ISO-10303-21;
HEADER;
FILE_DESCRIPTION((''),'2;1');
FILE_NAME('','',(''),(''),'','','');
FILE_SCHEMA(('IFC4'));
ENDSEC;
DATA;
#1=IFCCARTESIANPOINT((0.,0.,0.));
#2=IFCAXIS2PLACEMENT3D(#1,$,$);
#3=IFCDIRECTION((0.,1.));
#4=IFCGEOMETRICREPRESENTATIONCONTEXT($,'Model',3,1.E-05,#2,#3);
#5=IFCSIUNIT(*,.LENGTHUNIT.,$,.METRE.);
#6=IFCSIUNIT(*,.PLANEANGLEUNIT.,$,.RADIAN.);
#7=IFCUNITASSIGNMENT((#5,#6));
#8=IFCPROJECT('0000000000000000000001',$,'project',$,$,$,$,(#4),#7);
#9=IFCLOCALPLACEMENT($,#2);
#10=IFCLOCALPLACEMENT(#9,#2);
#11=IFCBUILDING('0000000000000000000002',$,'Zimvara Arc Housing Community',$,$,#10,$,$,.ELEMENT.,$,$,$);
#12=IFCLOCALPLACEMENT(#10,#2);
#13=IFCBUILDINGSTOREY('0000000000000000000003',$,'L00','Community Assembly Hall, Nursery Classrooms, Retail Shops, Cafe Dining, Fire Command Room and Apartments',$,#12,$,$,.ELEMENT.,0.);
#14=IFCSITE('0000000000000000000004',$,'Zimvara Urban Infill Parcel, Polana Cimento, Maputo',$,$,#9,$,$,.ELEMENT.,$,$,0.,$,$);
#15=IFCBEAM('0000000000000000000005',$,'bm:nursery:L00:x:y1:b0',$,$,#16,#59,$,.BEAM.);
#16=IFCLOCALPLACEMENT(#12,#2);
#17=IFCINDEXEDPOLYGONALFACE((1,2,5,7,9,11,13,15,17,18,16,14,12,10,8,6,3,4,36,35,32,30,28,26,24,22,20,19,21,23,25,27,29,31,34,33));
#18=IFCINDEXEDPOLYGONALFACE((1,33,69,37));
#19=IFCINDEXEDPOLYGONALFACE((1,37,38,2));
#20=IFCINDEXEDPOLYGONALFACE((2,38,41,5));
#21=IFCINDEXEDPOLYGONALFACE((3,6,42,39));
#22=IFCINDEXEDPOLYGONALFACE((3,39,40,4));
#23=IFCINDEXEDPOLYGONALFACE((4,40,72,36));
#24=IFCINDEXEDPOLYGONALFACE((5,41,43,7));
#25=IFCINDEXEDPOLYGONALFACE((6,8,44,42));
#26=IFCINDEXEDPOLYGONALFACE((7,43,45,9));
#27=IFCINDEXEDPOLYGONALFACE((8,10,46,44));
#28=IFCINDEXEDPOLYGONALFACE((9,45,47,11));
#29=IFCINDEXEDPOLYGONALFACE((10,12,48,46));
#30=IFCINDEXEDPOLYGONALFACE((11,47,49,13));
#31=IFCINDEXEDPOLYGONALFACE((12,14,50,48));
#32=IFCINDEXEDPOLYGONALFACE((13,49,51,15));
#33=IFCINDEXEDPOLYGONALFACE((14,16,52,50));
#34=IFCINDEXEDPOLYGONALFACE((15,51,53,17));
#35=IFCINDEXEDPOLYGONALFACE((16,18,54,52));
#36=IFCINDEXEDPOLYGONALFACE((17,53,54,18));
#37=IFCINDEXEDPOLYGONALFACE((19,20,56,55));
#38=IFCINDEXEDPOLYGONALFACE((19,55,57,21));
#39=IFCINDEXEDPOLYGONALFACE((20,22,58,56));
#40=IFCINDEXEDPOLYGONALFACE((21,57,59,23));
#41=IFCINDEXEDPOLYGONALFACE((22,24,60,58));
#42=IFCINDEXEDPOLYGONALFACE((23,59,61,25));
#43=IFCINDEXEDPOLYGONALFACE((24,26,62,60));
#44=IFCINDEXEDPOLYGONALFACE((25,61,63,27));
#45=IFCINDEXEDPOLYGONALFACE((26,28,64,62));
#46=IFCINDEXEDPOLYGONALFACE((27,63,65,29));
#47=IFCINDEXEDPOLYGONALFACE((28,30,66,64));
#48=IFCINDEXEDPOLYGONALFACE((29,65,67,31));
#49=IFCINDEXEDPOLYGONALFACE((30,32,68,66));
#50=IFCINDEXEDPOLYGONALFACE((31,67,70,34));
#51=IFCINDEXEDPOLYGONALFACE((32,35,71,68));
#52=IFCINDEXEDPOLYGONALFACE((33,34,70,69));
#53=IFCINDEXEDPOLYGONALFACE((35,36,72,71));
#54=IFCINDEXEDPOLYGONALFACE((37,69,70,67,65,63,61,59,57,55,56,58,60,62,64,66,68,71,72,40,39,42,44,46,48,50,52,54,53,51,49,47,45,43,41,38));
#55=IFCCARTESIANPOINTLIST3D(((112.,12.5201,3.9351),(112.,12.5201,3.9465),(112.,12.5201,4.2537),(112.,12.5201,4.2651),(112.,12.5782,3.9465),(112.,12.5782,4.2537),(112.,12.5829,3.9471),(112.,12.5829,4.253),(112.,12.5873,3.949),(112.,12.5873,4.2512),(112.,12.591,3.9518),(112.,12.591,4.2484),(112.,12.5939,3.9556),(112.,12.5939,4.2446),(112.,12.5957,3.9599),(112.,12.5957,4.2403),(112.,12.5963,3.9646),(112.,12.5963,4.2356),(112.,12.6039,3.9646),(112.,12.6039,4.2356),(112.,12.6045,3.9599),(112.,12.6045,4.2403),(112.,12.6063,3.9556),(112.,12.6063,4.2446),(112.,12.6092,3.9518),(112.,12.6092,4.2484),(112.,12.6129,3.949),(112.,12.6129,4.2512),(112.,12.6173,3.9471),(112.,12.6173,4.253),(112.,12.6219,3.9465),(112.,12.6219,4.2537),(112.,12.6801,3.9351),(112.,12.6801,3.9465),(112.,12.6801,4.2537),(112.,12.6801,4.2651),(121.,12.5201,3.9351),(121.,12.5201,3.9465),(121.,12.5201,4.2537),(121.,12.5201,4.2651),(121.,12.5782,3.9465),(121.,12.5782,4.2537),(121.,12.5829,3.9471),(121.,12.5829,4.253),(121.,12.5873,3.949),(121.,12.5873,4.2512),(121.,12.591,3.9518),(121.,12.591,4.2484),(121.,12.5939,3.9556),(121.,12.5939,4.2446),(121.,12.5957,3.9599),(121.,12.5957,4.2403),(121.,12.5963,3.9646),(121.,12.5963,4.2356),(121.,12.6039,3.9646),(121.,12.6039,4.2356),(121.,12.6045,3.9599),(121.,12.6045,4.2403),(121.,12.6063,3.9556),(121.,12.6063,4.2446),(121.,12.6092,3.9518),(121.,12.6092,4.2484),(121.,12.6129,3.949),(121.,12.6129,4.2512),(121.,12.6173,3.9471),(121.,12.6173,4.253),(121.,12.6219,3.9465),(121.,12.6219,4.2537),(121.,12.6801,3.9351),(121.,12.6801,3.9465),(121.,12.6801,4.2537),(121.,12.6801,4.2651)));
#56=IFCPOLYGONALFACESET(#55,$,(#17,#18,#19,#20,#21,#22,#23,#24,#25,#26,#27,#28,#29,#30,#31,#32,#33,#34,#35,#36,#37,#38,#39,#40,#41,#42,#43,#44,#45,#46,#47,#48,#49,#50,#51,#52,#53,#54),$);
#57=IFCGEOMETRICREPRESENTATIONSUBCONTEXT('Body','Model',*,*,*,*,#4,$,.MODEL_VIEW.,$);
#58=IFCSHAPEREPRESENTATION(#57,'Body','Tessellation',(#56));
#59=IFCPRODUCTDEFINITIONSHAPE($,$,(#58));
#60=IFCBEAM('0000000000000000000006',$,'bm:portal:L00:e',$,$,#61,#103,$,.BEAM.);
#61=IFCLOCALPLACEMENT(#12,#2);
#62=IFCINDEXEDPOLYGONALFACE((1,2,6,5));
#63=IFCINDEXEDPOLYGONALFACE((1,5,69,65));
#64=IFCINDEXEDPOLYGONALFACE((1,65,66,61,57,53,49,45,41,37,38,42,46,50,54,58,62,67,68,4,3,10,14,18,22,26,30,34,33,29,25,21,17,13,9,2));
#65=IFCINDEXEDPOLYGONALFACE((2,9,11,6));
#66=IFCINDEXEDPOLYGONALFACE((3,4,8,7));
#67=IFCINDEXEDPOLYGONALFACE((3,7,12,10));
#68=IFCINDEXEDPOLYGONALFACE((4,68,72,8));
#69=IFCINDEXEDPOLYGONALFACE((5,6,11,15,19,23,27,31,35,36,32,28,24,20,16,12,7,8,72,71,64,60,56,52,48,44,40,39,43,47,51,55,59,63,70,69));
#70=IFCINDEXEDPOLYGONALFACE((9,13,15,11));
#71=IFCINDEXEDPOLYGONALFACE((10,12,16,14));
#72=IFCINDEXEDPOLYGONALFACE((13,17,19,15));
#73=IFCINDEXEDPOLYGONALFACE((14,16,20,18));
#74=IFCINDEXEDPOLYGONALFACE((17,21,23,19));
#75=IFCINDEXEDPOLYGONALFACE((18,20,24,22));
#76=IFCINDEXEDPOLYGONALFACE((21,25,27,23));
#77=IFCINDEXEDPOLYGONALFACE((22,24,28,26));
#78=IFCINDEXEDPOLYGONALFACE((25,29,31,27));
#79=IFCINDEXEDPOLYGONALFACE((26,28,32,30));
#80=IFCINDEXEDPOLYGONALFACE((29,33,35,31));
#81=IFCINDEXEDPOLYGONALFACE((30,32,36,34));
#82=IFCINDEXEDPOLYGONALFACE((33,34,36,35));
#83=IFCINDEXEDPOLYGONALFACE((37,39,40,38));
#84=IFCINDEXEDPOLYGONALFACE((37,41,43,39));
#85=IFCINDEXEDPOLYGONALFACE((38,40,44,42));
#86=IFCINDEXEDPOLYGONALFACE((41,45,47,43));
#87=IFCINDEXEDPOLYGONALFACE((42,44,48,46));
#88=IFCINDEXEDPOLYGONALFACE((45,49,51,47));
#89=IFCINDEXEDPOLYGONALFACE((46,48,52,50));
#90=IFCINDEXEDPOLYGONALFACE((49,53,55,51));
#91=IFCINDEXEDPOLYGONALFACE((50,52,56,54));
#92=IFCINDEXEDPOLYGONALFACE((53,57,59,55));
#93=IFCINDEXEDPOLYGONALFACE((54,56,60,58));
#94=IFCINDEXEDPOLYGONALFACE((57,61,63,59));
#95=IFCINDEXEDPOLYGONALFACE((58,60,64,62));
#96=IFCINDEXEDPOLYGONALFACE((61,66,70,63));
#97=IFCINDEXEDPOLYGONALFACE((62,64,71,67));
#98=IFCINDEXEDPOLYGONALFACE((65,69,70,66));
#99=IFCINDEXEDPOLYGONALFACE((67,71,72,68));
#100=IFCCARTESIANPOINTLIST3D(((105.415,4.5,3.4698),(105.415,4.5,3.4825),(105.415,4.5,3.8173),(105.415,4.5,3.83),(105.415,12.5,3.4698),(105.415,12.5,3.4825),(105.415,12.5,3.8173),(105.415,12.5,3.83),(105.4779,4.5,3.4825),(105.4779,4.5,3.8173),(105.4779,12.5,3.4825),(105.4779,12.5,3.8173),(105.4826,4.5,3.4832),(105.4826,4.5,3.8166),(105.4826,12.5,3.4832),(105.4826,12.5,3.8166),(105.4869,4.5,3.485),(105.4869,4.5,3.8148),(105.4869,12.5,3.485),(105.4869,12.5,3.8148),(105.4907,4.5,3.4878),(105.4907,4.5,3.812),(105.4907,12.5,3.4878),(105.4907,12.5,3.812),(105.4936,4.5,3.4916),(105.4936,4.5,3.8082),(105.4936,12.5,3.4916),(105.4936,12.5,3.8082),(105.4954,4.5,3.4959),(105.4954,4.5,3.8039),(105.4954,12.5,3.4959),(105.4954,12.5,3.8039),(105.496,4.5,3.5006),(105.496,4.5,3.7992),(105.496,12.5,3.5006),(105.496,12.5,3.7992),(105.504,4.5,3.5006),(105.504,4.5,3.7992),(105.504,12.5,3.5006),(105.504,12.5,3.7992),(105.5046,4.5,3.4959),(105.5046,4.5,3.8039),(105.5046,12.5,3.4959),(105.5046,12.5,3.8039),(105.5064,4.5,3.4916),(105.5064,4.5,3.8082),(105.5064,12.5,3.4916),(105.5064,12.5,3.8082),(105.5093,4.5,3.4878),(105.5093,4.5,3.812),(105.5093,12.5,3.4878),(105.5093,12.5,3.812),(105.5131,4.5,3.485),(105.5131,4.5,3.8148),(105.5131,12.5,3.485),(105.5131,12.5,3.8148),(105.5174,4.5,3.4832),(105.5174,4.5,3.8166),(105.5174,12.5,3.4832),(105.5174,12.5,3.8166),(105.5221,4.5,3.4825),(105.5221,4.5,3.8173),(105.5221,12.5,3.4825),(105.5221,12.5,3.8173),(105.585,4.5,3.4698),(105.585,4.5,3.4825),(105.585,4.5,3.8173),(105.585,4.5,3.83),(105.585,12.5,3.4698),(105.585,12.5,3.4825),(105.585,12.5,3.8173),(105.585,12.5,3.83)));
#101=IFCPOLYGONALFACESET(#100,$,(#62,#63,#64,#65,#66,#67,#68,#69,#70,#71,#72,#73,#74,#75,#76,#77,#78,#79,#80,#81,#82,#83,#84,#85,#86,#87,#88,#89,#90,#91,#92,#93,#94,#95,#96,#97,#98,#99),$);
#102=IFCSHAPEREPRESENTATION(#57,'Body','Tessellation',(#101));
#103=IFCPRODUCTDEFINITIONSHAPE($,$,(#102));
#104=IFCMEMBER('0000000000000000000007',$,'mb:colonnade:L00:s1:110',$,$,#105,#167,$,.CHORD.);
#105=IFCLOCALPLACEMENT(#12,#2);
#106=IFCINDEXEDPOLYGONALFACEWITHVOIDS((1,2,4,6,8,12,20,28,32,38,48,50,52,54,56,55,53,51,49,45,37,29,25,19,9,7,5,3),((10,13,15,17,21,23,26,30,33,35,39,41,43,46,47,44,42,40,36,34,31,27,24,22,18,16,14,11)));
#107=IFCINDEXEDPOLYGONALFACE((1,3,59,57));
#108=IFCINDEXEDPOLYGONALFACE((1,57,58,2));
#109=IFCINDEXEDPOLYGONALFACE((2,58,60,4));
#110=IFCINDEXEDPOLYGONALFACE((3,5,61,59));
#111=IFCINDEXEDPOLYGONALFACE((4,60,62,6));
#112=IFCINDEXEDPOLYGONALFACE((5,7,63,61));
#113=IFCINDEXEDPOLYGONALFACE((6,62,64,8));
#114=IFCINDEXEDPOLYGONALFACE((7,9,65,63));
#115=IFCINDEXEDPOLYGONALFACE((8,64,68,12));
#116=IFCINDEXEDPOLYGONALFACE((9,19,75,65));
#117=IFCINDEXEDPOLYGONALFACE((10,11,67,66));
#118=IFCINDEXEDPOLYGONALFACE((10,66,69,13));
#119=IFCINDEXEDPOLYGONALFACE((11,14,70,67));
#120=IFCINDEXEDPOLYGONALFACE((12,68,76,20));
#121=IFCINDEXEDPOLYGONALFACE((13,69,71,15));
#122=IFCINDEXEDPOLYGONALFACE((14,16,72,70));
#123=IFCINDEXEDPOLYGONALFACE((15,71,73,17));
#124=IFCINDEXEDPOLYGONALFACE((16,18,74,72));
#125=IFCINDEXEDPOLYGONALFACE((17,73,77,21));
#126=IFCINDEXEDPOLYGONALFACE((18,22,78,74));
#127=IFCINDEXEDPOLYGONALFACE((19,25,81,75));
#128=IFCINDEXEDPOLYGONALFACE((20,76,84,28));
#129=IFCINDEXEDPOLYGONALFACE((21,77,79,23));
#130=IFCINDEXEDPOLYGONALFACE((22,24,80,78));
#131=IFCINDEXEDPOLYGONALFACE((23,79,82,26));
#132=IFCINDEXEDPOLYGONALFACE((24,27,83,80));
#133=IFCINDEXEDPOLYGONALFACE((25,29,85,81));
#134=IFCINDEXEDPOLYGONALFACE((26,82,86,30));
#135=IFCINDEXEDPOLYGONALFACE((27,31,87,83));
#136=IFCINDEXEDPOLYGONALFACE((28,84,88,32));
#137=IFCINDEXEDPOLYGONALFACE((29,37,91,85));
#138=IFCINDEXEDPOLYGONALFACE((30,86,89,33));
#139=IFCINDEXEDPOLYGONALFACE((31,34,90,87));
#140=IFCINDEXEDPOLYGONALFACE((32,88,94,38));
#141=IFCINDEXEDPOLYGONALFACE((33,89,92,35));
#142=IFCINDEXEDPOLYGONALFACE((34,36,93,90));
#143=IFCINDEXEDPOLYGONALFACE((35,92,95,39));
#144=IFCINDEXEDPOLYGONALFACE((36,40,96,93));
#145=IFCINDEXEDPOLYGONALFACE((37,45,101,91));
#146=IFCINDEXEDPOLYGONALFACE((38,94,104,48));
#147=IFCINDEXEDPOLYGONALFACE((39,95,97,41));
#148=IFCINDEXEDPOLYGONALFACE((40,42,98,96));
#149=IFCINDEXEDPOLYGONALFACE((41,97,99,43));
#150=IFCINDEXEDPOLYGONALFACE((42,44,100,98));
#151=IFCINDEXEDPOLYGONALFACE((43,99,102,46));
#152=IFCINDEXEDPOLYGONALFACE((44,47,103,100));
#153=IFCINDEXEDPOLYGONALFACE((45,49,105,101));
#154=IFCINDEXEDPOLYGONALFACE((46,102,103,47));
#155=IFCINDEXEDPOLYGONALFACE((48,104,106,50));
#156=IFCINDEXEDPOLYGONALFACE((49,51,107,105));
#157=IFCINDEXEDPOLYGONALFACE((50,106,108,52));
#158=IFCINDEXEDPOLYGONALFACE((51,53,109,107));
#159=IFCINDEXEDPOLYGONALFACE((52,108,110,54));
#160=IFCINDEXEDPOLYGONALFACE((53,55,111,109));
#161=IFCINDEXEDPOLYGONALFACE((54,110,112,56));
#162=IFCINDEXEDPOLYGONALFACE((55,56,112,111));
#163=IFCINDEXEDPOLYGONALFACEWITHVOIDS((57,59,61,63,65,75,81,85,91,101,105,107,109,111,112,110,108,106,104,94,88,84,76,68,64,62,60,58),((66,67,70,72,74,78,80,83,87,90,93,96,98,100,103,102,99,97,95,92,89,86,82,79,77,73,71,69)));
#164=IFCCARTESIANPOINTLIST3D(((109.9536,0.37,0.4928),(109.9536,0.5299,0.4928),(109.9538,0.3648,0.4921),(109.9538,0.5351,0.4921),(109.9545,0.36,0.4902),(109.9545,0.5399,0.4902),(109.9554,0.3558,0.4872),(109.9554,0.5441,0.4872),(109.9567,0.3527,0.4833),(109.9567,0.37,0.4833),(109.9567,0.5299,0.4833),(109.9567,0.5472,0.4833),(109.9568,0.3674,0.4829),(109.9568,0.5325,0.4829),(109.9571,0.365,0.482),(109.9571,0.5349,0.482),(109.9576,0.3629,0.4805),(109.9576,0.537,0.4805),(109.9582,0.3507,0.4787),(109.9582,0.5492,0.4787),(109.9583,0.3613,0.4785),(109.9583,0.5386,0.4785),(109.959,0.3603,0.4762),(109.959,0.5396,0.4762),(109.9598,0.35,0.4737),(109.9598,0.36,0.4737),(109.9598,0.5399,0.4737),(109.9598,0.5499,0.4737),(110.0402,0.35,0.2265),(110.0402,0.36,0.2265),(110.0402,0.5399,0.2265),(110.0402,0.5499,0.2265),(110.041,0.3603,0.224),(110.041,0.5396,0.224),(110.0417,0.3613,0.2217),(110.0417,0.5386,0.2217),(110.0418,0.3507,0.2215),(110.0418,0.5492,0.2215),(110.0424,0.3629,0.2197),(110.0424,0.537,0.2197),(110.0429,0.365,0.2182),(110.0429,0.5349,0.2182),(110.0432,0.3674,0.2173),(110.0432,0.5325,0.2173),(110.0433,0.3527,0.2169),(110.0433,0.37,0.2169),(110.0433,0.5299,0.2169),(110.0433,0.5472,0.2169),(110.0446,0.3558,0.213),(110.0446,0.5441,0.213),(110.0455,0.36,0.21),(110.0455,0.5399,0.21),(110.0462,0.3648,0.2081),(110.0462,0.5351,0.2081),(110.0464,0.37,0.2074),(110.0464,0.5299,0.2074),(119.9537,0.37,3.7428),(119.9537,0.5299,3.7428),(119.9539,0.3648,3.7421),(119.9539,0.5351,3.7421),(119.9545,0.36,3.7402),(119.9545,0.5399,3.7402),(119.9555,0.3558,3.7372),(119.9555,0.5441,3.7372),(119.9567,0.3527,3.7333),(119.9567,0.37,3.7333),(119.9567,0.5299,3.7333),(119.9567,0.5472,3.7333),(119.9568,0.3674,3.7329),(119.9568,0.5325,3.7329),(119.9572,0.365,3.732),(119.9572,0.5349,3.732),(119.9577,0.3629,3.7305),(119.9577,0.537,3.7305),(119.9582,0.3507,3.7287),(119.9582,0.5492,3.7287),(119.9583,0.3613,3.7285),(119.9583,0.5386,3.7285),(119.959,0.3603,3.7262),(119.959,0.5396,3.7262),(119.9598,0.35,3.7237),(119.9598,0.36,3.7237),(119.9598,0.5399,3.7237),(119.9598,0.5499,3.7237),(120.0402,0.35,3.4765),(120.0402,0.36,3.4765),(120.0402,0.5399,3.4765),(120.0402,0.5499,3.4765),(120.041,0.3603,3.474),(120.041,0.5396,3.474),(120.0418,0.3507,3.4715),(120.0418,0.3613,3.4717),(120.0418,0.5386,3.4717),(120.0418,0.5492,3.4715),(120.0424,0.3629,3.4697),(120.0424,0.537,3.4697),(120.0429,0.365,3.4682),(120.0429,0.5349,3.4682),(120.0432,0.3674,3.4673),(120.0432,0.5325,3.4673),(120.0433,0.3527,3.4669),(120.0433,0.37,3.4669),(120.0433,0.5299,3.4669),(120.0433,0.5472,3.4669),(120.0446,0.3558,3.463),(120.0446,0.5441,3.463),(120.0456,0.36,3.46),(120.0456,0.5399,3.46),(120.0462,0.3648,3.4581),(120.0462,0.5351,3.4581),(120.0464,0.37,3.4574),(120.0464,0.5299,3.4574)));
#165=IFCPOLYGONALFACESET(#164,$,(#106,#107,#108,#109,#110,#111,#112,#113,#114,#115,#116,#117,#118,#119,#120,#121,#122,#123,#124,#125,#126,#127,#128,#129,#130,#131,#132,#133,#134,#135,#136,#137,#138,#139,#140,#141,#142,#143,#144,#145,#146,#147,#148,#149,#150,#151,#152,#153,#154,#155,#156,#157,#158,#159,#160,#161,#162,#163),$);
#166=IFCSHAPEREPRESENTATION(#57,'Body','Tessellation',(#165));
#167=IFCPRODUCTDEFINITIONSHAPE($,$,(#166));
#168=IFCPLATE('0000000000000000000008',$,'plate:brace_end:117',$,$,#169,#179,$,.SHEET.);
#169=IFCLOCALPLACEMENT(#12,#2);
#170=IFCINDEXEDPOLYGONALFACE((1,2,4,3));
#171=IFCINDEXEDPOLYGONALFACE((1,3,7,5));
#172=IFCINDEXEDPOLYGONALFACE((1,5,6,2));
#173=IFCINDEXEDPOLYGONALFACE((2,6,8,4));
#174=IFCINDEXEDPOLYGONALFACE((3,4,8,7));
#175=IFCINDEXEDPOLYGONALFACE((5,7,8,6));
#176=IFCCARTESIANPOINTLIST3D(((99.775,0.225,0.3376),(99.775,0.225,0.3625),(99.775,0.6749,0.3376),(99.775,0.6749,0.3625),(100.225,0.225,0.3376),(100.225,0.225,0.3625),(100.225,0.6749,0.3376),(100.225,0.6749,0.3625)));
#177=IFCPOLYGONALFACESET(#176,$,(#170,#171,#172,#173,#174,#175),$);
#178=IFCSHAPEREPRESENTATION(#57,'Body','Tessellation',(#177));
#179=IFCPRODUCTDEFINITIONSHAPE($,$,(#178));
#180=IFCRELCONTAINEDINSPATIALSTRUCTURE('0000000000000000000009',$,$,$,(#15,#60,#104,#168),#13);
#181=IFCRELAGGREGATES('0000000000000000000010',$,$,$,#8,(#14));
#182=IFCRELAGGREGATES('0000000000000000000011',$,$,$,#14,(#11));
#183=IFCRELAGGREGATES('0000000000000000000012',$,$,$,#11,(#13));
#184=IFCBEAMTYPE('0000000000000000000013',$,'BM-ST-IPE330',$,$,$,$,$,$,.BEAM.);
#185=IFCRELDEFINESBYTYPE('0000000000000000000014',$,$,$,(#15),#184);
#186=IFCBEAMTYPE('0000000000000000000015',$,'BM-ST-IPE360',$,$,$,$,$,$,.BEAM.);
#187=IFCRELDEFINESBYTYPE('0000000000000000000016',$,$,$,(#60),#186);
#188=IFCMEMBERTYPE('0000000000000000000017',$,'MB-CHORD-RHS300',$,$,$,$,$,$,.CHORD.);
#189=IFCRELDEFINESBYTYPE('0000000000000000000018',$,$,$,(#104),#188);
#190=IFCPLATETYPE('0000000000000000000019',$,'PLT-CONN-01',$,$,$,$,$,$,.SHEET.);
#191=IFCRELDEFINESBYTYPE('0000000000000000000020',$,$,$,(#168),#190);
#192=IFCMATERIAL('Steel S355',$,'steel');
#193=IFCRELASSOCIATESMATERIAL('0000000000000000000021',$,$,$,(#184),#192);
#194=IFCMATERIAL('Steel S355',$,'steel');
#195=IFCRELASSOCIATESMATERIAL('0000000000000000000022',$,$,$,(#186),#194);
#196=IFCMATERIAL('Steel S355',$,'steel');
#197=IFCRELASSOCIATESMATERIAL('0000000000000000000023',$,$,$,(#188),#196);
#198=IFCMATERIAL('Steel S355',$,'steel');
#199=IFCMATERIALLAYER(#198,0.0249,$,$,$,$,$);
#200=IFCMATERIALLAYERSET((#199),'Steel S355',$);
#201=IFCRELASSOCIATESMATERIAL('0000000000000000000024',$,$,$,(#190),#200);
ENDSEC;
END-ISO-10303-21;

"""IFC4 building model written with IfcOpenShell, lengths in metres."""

from ifc_helpers import new_model, si_unit, direction, frame, origin, origin_2d, place, context, subcontext, project, spatial, rectangle, hollow_rectangle, i_section, extrude, material, layer, layer_set, material_profile, profile_set, type_object, element, save


model = new_model("IFC4")

# Units and contexts
model_context = context("Model", 3, precision=1e-05, world=origin(), true_north=direction((0.0, 1.0)))
body_context = subcontext(model_context, "Body", "Model", "MODEL_VIEW")
ifc_project = project(units=[si_unit("LENGTHUNIT", "METRE"), si_unit("PLANEANGLEUNIT", "RADIAN")], contexts=[model_context])

# Site, building, storey
site_placement = place(None, origin())
site = spatial("IfcSite", under=ifc_project, at=site_placement, Name="Zimvara Urban Infill Parcel, Polana Cimento, Maputo", CompositionType="ELEMENT", RefElevation=0.0)
building_placement = place(site_placement, origin())
building = spatial("IfcBuilding", under=site, at=building_placement, Name="Zimvara Arc Housing Community", CompositionType="ELEMENT")
storey_placement = place(building_placement, origin())
storey = spatial("IfcBuildingStorey", under=building, at=storey_placement, Name="L00", Description="Community Assembly Hall, Nursery Classrooms, Retail Shops, Cafe Dining, Fire Command Room and Apartments", CompositionType="ELEMENT", Elevation=0.0)

# Beams
ifc_material_1 = material(Name="Steel S355", Category="steel")
ifc_material_profile_1 = material_profile(ifc_material_1, i_section(OverallWidth=0.1599, OverallDepth=0.3301, WebThickness=0.0076, FlangeThickness=0.0115, FilletRadius=0.0181, at=origin_2d()), Name="IPE 330")
ifc_profile_set_1 = profile_set([ifc_material_profile_1], Name="Steel S355")
beam_type_1 = type_object("IfcBeamType", Name="BM-ST-IPE330", PredefinedType="BEAM", material=ifc_profile_set_1)
for number, where, z_axis, x_axis, name in (
    (1, (112.0, 12.6001, 4.1001), (1.0, 0.0, 0.0), (0.0, 1.0, 0.0), "bm:nursery:L00:x:y1:b0"),
):
    element("IfcBeam", number, at=place(storey_placement, frame(where, z_axis=z_axis, x_axis=x_axis)), inside=storey, type_object=beam_type_1, Name=name, PredefinedType="BEAM", context=body_context, shape_type="SweptSolid", body=[
        extrude(i_section(OverallWidth=0.1599, OverallDepth=0.3301, WebThickness=0.0076, FlangeThickness=0.0115, FilletRadius=0.0181, at=origin_2d()), origin(), (0.0, 0.0, 1.0), 9.0),
    ])
ifc_material_2 = material(Name="Steel S355", Category="steel")
ifc_material_profile_2 = material_profile(ifc_material_2, i_section(OverallWidth=0.1699, OverallDepth=0.3601, WebThickness=0.0081, FlangeThickness=0.0127, FilletRadius=0.0181, at=origin_2d()), Name="IPE 360")
ifc_profile_set_2 = profile_set([ifc_material_profile_2], Name="Steel S355")
beam_type_2 = type_object("IfcBeamType", Name="BM-ST-IPE360", PredefinedType="BEAM", material=ifc_profile_set_2)
beam_1_placement = place(storey_placement, frame((105.5, 4.5, 3.6499), z_axis=(0.0, 1.0, 0.0), x_axis=(-1.0, 0.0, 0.0)))
element("IfcBeam", 2, at=beam_1_placement, inside=storey, type_object=beam_type_2, Name="bm:portal:L00:e", PredefinedType="BEAM", context=body_context, shape_type="SweptSolid", body=[
    extrude(i_section(OverallWidth=0.1699, OverallDepth=0.3601, WebThickness=0.0081, FlangeThickness=0.0127, FilletRadius=0.0181, at=origin_2d()), origin(), (0.0, 0.0, 1.0), 8.0),
])

# Member
ifc_material_3 = material(Name="Steel S355", Category="steel")
ifc_material_profile_3 = material_profile(ifc_material_3, hollow_rectangle(XDim=0.2, YDim=0.3, WallThickness=0.01, InnerFilletRadius=0.01, OuterFilletRadius=0.02, at=origin_2d()), Name="RHS 300x200x10.0")
ifc_profile_set_3 = profile_set([ifc_material_profile_3], Name="Steel S355")
member_type = type_object("IfcMemberType", Name="MB-CHORD-RHS300", PredefinedType="CHORD", material=ifc_profile_set_3)
member_placement = place(storey_placement, frame((110.0, 0.45, 0.3501), z_axis=(0.951034, 0.0, 0.309086), x_axis=(0.0, 1.0, 0.0)))
element("IfcMember", 3, at=member_placement, inside=storey, type_object=member_type, Name="mb:colonnade:L00:s1:110", PredefinedType="CHORD", context=body_context, shape_type="SweptSolid", body=[
    extrude(hollow_rectangle(XDim=0.2, YDim=0.3, WallThickness=0.01, InnerFilletRadius=0.01, OuterFilletRadius=0.02, at=origin_2d()), origin(), (0.0, 0.0, 1.0), 10.5149),
])

# Plate
ifc_material_4 = material(Name="Steel S355", Category="steel")
ifc_layer_1 = layer(ifc_material_4, 0.0249)
ifc_layer_set_1 = layer_set([ifc_layer_1], Name="Steel S355")
plate_type_1 = type_object("IfcPlateType", Name="PLT-CONN-01", PredefinedType="SHEET", material=ifc_layer_set_1)
plate_1_placement = place(storey_placement, frame((100.0, 0.45, 0.3376), z_axis=(0.0, 0.0, 1.0), x_axis=(1.0, 0.0, 0.0)))
element("IfcPlate", 4, at=plate_1_placement, inside=storey, type_object=plate_type_1, Name="plate:brace_end:117", PredefinedType="SHEET", context=body_context, shape_type="SweptSolid", body=[
    extrude(rectangle(XDim=0.45, YDim=0.45, at=origin_2d()), origin(), (0.0, 0.0, 1.0), 0.0249),
])

save(model, "model.ifc")
